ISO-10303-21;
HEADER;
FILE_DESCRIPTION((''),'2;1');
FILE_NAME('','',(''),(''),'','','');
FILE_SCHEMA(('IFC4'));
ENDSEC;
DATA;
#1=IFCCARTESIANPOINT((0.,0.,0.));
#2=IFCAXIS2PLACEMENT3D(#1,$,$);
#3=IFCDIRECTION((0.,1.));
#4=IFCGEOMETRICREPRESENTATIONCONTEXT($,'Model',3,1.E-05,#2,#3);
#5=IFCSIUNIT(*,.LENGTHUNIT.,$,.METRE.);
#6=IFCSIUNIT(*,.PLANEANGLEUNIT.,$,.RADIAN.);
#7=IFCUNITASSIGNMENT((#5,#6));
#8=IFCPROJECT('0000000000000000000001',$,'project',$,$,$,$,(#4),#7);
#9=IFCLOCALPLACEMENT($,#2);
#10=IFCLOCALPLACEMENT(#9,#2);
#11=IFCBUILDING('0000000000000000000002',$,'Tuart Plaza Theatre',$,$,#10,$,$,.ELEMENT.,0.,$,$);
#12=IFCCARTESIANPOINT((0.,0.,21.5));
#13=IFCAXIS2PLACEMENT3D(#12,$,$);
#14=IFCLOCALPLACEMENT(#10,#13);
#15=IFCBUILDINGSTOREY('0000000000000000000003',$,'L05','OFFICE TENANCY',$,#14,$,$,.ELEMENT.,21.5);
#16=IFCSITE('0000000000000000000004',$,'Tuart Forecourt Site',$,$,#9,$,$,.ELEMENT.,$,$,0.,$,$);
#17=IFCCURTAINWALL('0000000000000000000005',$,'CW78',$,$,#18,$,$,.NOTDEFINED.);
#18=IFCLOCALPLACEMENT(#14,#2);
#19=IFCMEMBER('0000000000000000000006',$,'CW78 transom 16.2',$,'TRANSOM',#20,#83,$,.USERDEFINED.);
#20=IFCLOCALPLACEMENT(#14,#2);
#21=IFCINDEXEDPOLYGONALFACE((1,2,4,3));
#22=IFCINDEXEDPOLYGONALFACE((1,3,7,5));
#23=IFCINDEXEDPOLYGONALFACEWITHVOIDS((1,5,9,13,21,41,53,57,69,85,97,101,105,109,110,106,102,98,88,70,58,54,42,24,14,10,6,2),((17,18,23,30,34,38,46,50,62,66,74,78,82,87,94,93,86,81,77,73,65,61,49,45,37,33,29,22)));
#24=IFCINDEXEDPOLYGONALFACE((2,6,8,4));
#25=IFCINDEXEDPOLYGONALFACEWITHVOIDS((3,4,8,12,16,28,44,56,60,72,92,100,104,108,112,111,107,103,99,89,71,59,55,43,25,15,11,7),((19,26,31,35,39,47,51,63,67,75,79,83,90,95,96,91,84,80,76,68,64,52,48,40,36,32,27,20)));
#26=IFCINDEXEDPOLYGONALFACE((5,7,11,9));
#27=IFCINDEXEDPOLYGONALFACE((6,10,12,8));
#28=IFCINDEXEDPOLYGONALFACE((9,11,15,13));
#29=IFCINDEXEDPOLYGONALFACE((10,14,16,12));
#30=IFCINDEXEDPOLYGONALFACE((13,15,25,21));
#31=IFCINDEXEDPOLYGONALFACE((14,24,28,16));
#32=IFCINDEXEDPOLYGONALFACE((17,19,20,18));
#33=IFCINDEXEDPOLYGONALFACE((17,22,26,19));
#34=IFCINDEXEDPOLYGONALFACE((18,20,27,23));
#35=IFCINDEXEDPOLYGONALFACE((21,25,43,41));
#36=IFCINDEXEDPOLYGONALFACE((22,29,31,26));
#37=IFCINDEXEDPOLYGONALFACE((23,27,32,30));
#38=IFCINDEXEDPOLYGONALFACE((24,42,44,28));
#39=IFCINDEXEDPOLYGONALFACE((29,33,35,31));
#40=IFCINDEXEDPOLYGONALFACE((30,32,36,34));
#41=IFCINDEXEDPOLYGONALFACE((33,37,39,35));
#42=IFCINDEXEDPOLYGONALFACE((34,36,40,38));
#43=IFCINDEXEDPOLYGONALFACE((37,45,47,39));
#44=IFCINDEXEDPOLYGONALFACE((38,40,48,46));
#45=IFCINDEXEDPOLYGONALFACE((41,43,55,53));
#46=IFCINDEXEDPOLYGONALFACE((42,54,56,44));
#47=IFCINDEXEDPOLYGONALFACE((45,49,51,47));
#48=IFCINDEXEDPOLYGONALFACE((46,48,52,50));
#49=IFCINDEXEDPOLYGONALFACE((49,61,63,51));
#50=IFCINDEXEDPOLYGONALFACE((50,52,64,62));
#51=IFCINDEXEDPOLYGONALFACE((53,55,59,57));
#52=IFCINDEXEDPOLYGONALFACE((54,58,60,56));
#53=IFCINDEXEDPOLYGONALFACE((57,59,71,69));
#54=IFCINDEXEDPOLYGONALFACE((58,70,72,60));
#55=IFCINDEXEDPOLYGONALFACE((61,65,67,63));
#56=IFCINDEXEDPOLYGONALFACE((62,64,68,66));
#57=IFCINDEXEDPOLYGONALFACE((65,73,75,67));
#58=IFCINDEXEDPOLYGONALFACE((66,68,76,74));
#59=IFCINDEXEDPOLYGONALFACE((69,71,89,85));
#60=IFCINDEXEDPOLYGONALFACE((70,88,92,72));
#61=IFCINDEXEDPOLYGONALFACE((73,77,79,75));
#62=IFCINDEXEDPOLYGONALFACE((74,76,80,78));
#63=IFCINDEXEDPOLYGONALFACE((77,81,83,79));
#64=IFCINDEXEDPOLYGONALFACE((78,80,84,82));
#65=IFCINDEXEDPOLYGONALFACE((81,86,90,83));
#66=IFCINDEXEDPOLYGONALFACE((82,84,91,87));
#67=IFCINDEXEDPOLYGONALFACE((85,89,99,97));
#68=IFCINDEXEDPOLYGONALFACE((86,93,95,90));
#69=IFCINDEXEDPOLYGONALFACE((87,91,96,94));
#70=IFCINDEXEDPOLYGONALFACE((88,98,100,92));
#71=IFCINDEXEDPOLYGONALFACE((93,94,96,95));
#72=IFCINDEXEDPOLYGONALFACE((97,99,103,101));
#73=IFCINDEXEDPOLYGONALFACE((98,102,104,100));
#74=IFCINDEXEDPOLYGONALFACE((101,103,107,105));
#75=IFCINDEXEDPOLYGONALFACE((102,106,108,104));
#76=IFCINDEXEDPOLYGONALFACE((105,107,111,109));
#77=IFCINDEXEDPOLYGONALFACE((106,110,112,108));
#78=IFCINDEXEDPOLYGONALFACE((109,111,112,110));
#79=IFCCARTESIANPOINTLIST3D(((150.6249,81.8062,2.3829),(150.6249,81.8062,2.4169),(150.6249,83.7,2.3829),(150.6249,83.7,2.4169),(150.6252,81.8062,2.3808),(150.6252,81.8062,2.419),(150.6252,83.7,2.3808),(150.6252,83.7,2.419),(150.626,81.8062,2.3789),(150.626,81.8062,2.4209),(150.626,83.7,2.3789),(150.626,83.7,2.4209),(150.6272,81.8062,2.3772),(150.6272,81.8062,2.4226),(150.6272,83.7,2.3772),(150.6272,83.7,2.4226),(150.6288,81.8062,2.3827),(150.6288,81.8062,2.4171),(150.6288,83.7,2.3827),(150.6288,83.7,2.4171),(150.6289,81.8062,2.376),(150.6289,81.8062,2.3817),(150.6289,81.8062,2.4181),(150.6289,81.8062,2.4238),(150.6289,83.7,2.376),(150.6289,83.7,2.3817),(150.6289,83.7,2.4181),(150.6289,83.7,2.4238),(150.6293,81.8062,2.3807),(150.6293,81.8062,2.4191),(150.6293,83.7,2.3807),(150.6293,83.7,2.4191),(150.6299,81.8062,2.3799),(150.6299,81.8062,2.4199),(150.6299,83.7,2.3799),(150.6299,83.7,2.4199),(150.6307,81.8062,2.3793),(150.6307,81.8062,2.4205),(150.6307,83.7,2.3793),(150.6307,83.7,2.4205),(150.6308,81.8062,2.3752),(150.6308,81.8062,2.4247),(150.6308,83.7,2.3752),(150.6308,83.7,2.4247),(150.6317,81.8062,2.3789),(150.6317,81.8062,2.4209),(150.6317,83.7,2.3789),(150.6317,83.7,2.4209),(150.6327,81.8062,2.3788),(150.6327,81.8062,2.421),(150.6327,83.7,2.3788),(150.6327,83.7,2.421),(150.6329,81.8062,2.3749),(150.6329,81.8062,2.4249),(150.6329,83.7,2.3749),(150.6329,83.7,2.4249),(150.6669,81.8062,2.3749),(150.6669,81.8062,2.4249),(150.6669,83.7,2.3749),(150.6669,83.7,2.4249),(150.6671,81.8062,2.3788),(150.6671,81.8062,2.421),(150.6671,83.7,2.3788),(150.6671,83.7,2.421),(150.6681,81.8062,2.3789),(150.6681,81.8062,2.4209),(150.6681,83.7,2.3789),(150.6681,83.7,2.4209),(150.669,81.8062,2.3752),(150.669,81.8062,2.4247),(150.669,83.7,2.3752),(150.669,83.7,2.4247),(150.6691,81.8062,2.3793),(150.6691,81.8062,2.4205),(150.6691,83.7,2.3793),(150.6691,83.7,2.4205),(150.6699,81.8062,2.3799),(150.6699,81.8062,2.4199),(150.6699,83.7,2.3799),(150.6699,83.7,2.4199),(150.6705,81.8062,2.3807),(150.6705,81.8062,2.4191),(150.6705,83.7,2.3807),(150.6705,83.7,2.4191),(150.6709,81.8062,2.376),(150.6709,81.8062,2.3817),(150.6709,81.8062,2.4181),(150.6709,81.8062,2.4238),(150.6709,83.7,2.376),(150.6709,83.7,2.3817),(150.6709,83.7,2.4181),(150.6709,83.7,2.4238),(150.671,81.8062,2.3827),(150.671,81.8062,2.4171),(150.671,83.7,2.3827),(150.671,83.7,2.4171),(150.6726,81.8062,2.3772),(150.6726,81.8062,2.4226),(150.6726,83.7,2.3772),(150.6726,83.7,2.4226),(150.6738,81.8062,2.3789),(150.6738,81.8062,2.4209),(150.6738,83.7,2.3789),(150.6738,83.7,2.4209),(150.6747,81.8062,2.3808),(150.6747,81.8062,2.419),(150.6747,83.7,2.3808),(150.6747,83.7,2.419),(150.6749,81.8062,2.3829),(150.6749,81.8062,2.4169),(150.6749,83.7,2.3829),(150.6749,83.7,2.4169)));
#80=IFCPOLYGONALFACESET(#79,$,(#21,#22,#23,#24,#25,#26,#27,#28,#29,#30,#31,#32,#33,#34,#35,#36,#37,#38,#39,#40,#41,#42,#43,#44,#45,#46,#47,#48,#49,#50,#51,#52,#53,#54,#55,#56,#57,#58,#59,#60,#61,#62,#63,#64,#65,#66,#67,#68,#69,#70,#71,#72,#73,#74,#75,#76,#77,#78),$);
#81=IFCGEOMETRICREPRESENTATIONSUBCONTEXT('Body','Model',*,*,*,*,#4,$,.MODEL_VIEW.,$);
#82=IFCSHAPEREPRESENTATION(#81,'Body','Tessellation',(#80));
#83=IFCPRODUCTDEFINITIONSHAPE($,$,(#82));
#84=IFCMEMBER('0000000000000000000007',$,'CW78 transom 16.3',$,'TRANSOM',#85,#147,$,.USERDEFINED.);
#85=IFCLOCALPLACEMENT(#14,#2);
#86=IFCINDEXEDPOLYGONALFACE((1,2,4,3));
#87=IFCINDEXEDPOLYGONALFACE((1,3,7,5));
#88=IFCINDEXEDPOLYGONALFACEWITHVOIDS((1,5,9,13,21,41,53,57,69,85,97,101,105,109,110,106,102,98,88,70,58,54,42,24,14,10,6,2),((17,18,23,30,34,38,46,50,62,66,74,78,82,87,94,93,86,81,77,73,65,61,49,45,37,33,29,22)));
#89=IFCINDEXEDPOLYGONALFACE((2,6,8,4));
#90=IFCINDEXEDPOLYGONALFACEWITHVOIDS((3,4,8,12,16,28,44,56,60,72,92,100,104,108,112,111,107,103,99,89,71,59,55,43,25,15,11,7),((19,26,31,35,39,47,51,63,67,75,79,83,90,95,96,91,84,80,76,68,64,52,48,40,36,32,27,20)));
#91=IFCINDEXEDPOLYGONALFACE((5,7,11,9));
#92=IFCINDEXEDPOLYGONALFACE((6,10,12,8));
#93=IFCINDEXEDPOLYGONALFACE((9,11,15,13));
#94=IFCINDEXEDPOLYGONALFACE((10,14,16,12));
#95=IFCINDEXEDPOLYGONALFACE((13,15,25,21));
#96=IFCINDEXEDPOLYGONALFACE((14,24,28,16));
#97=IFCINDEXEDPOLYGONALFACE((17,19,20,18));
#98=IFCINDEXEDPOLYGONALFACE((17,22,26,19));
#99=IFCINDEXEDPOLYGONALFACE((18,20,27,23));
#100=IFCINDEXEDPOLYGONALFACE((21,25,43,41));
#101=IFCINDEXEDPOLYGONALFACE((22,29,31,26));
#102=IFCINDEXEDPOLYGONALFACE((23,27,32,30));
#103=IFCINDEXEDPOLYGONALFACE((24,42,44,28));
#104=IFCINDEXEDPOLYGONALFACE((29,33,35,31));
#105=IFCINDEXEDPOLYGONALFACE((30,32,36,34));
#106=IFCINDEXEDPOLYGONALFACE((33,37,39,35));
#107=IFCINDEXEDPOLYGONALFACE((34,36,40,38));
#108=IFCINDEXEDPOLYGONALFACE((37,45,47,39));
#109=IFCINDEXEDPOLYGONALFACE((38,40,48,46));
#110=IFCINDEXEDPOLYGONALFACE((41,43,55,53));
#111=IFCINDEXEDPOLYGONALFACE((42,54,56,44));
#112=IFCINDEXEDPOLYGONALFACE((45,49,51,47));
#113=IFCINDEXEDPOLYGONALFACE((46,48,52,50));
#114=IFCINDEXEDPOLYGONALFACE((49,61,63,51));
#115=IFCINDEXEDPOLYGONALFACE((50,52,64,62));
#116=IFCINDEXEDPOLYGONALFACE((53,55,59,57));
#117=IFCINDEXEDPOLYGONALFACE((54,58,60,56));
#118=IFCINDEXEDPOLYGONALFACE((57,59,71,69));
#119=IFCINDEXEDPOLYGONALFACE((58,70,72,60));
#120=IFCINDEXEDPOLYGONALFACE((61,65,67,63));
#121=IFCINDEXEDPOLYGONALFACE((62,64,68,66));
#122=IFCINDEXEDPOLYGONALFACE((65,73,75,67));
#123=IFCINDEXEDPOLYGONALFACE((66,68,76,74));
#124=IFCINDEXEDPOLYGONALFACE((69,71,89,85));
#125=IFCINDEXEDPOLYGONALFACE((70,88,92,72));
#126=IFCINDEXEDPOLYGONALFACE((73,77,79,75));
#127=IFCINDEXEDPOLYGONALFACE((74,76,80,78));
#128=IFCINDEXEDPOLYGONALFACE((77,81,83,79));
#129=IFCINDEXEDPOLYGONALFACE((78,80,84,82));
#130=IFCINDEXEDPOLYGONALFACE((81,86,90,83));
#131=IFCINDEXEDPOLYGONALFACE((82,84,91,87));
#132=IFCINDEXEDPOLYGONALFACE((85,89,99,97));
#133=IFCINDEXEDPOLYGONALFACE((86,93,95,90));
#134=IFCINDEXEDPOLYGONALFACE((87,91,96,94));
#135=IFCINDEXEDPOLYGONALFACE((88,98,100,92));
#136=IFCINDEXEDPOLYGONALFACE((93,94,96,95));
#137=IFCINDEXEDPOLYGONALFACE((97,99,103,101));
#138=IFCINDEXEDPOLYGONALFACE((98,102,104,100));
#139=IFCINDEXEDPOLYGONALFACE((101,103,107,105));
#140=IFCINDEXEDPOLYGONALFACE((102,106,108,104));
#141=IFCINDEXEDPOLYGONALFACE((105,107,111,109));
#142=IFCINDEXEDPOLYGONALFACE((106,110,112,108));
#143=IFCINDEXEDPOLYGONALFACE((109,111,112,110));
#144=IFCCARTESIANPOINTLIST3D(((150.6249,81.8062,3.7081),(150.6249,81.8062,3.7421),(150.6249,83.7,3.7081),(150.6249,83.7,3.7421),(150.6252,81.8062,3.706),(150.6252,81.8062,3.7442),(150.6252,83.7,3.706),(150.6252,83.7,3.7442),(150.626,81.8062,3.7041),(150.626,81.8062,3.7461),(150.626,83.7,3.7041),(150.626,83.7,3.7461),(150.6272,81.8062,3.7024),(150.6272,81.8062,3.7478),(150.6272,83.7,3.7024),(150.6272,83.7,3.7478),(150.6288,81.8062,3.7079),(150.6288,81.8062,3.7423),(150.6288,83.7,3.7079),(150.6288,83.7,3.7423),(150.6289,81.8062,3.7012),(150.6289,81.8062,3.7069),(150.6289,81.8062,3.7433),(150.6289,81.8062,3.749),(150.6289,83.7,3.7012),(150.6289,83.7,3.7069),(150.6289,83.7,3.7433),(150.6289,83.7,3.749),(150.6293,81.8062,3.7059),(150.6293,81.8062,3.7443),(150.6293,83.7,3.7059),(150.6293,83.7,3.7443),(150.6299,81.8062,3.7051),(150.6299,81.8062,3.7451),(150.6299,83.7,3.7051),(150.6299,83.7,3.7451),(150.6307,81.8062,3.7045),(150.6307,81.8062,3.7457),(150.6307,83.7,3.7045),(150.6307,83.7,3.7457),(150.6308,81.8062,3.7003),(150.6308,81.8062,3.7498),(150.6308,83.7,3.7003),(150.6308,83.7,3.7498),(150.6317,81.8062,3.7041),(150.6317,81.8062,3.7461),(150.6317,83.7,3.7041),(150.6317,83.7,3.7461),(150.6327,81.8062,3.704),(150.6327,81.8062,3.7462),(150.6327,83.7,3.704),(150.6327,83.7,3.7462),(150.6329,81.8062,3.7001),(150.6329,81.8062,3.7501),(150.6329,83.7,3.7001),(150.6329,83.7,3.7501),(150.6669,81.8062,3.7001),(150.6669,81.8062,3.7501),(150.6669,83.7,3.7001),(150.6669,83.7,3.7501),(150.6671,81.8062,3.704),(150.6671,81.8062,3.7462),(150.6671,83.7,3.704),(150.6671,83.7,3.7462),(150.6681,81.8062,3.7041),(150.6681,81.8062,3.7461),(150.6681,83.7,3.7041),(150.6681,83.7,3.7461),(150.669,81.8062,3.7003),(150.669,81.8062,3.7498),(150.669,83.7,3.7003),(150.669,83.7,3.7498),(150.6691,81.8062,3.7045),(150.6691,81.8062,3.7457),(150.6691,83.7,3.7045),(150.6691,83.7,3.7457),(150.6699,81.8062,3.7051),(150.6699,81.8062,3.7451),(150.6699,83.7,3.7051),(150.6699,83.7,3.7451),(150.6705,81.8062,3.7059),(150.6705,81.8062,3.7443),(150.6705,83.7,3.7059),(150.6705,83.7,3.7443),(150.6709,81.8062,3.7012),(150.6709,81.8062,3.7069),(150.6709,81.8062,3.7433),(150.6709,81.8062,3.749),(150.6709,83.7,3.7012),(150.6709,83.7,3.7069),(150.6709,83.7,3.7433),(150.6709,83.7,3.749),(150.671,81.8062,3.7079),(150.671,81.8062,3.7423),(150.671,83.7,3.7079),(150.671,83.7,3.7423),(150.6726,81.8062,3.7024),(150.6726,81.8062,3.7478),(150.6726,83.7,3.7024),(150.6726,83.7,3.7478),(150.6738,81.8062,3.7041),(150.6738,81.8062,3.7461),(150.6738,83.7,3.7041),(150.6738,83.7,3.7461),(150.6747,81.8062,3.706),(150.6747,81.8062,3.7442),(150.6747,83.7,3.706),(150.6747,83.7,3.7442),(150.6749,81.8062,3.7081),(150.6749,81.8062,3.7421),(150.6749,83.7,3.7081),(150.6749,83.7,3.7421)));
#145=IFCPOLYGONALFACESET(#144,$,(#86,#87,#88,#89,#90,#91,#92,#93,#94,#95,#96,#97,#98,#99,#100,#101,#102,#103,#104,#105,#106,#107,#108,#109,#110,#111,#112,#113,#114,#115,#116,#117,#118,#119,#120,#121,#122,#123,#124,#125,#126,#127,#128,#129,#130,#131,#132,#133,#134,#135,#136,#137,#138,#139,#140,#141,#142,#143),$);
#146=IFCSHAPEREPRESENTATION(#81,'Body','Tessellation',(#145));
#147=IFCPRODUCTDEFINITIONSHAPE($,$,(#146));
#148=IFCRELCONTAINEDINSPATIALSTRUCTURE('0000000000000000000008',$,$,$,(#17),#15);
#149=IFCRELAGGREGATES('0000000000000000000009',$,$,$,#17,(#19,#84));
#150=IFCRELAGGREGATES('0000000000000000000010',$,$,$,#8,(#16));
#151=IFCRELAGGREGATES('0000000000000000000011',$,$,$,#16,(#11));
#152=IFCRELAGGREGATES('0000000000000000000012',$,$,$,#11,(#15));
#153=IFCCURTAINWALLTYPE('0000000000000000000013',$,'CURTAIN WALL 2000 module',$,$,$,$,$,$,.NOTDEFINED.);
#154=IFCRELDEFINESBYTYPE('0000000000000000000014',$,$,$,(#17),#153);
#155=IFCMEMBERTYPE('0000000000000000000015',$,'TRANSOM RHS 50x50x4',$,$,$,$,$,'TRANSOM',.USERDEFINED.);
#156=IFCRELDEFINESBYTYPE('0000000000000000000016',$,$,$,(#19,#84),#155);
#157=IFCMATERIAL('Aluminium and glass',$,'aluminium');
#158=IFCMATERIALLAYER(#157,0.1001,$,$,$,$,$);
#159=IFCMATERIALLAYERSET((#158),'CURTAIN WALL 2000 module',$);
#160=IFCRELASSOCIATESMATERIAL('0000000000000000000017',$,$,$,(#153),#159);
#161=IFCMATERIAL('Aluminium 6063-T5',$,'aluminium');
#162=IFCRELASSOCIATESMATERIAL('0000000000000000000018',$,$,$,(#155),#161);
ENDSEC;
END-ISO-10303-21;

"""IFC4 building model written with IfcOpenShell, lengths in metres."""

from ifc_helpers import new_model, si_unit, direction, frame, origin, origin_2d, place, context, subcontext, project, spatial, hollow_rectangle, extrude, material, layer, layer_set, material_profile, profile_set, type_object, element, aggregate, save


model = new_model("IFC4")

# Units and contexts
model_context = context("Model", 3, precision=1e-05, world=origin(), true_north=direction((0.0, 1.0)))
body_context = subcontext(model_context, "Body", "Model", "MODEL_VIEW")
ifc_project = project(units=[si_unit("LENGTHUNIT", "METRE"), si_unit("PLANEANGLEUNIT", "RADIAN")], contexts=[model_context])

# Site, building, storey
site_placement = place(None, origin())
site = spatial("IfcSite", under=ifc_project, at=site_placement, Name="Tuart Forecourt Site", CompositionType="ELEMENT", RefElevation=0.0)
building_placement = place(site_placement, origin())
building = spatial("IfcBuilding", under=site, at=building_placement, Name="Tuart Plaza Theatre", CompositionType="ELEMENT", ElevationOfRefHeight=0.0)
storey_placement = place(building_placement, frame((0.0, 0.0, 21.5)))
storey = spatial("IfcBuildingStorey", under=building, at=storey_placement, Name="L05", Description="OFFICE TENANCY", CompositionType="ELEMENT", Elevation=21.5)

# Curtain wall
ifc_material_1 = material(Name="Aluminium and glass", Category="aluminium")
ifc_layer_1 = layer(ifc_material_1, 0.1001)
ifc_layer_set_1 = layer_set([ifc_layer_1], Name="CURTAIN WALL 2000 module")
curtain_wall_type = type_object("IfcCurtainWallType", Name="CURTAIN WALL 2000 module", PredefinedType="NOTDEFINED", material=ifc_layer_set_1)
curtain_wall_1_placement = place(storey_placement, origin())
curtain_wall_1 = element("IfcCurtainWall", 1, at=curtain_wall_1_placement, inside=storey, type_object=curtain_wall_type, Name="CW78", PredefinedType="NOTDEFINED")

# Members
ifc_material_2 = material(Name="Aluminium 6063-T5", Category="aluminium")
ifc_material_profile_1 = material_profile(ifc_material_2, hollow_rectangle(XDim=0.05, YDim=0.05, WallThickness=0.0039, InnerFilletRadius=0.0039, OuterFilletRadius=0.0081, at=origin_2d()), Name="RHS 50x50x4")
ifc_profile_set_1 = profile_set([ifc_material_profile_1], Name="Aluminium 6063-T5")
member_type_1 = type_object("IfcMemberType", Name="TRANSOM RHS 50x50x4", ElementType="TRANSOM", PredefinedType="USERDEFINED", material=ifc_profile_set_1)
member_1_placement = place(storey_placement, frame((150.6499, 81.8062, 2.3999), z_axis=(0.0, 1.0, 0.0), x_axis=(-1.0, 0.0, 0.0)))
member_1 = element("IfcMember", 2, at=member_1_placement, type_object=member_type_1, Name="CW78 transom 16.2", ObjectType="TRANSOM", PredefinedType="USERDEFINED", context=body_context, shape_type="SweptSolid", body=[
    extrude(hollow_rectangle(XDim=0.05, YDim=0.05, WallThickness=0.0039, InnerFilletRadius=0.0039, OuterFilletRadius=0.0081, at=origin_2d()), origin(), (0.0, 0.0, 1.0), 1.8938),
])
member_2_placement = place(storey_placement, frame((150.6499, 81.8062, 3.7251), z_axis=(0.0, 1.0, 0.0), x_axis=(-1.0, 0.0, 0.0)))
member_2 = element("IfcMember", 3, at=member_2_placement, type_object=member_type_1, Name="CW78 transom 16.3", ObjectType="TRANSOM", PredefinedType="USERDEFINED", context=body_context, shape_type="SweptSolid", body=[
    extrude(hollow_rectangle(XDim=0.05, YDim=0.05, WallThickness=0.0039, InnerFilletRadius=0.0039, OuterFilletRadius=0.0081, at=origin_2d()), origin(), (0.0, 0.0, 1.0), 1.8938),
])

aggregate(curtain_wall_1, [member_1, member_2])

save(model, "model.ifc")
